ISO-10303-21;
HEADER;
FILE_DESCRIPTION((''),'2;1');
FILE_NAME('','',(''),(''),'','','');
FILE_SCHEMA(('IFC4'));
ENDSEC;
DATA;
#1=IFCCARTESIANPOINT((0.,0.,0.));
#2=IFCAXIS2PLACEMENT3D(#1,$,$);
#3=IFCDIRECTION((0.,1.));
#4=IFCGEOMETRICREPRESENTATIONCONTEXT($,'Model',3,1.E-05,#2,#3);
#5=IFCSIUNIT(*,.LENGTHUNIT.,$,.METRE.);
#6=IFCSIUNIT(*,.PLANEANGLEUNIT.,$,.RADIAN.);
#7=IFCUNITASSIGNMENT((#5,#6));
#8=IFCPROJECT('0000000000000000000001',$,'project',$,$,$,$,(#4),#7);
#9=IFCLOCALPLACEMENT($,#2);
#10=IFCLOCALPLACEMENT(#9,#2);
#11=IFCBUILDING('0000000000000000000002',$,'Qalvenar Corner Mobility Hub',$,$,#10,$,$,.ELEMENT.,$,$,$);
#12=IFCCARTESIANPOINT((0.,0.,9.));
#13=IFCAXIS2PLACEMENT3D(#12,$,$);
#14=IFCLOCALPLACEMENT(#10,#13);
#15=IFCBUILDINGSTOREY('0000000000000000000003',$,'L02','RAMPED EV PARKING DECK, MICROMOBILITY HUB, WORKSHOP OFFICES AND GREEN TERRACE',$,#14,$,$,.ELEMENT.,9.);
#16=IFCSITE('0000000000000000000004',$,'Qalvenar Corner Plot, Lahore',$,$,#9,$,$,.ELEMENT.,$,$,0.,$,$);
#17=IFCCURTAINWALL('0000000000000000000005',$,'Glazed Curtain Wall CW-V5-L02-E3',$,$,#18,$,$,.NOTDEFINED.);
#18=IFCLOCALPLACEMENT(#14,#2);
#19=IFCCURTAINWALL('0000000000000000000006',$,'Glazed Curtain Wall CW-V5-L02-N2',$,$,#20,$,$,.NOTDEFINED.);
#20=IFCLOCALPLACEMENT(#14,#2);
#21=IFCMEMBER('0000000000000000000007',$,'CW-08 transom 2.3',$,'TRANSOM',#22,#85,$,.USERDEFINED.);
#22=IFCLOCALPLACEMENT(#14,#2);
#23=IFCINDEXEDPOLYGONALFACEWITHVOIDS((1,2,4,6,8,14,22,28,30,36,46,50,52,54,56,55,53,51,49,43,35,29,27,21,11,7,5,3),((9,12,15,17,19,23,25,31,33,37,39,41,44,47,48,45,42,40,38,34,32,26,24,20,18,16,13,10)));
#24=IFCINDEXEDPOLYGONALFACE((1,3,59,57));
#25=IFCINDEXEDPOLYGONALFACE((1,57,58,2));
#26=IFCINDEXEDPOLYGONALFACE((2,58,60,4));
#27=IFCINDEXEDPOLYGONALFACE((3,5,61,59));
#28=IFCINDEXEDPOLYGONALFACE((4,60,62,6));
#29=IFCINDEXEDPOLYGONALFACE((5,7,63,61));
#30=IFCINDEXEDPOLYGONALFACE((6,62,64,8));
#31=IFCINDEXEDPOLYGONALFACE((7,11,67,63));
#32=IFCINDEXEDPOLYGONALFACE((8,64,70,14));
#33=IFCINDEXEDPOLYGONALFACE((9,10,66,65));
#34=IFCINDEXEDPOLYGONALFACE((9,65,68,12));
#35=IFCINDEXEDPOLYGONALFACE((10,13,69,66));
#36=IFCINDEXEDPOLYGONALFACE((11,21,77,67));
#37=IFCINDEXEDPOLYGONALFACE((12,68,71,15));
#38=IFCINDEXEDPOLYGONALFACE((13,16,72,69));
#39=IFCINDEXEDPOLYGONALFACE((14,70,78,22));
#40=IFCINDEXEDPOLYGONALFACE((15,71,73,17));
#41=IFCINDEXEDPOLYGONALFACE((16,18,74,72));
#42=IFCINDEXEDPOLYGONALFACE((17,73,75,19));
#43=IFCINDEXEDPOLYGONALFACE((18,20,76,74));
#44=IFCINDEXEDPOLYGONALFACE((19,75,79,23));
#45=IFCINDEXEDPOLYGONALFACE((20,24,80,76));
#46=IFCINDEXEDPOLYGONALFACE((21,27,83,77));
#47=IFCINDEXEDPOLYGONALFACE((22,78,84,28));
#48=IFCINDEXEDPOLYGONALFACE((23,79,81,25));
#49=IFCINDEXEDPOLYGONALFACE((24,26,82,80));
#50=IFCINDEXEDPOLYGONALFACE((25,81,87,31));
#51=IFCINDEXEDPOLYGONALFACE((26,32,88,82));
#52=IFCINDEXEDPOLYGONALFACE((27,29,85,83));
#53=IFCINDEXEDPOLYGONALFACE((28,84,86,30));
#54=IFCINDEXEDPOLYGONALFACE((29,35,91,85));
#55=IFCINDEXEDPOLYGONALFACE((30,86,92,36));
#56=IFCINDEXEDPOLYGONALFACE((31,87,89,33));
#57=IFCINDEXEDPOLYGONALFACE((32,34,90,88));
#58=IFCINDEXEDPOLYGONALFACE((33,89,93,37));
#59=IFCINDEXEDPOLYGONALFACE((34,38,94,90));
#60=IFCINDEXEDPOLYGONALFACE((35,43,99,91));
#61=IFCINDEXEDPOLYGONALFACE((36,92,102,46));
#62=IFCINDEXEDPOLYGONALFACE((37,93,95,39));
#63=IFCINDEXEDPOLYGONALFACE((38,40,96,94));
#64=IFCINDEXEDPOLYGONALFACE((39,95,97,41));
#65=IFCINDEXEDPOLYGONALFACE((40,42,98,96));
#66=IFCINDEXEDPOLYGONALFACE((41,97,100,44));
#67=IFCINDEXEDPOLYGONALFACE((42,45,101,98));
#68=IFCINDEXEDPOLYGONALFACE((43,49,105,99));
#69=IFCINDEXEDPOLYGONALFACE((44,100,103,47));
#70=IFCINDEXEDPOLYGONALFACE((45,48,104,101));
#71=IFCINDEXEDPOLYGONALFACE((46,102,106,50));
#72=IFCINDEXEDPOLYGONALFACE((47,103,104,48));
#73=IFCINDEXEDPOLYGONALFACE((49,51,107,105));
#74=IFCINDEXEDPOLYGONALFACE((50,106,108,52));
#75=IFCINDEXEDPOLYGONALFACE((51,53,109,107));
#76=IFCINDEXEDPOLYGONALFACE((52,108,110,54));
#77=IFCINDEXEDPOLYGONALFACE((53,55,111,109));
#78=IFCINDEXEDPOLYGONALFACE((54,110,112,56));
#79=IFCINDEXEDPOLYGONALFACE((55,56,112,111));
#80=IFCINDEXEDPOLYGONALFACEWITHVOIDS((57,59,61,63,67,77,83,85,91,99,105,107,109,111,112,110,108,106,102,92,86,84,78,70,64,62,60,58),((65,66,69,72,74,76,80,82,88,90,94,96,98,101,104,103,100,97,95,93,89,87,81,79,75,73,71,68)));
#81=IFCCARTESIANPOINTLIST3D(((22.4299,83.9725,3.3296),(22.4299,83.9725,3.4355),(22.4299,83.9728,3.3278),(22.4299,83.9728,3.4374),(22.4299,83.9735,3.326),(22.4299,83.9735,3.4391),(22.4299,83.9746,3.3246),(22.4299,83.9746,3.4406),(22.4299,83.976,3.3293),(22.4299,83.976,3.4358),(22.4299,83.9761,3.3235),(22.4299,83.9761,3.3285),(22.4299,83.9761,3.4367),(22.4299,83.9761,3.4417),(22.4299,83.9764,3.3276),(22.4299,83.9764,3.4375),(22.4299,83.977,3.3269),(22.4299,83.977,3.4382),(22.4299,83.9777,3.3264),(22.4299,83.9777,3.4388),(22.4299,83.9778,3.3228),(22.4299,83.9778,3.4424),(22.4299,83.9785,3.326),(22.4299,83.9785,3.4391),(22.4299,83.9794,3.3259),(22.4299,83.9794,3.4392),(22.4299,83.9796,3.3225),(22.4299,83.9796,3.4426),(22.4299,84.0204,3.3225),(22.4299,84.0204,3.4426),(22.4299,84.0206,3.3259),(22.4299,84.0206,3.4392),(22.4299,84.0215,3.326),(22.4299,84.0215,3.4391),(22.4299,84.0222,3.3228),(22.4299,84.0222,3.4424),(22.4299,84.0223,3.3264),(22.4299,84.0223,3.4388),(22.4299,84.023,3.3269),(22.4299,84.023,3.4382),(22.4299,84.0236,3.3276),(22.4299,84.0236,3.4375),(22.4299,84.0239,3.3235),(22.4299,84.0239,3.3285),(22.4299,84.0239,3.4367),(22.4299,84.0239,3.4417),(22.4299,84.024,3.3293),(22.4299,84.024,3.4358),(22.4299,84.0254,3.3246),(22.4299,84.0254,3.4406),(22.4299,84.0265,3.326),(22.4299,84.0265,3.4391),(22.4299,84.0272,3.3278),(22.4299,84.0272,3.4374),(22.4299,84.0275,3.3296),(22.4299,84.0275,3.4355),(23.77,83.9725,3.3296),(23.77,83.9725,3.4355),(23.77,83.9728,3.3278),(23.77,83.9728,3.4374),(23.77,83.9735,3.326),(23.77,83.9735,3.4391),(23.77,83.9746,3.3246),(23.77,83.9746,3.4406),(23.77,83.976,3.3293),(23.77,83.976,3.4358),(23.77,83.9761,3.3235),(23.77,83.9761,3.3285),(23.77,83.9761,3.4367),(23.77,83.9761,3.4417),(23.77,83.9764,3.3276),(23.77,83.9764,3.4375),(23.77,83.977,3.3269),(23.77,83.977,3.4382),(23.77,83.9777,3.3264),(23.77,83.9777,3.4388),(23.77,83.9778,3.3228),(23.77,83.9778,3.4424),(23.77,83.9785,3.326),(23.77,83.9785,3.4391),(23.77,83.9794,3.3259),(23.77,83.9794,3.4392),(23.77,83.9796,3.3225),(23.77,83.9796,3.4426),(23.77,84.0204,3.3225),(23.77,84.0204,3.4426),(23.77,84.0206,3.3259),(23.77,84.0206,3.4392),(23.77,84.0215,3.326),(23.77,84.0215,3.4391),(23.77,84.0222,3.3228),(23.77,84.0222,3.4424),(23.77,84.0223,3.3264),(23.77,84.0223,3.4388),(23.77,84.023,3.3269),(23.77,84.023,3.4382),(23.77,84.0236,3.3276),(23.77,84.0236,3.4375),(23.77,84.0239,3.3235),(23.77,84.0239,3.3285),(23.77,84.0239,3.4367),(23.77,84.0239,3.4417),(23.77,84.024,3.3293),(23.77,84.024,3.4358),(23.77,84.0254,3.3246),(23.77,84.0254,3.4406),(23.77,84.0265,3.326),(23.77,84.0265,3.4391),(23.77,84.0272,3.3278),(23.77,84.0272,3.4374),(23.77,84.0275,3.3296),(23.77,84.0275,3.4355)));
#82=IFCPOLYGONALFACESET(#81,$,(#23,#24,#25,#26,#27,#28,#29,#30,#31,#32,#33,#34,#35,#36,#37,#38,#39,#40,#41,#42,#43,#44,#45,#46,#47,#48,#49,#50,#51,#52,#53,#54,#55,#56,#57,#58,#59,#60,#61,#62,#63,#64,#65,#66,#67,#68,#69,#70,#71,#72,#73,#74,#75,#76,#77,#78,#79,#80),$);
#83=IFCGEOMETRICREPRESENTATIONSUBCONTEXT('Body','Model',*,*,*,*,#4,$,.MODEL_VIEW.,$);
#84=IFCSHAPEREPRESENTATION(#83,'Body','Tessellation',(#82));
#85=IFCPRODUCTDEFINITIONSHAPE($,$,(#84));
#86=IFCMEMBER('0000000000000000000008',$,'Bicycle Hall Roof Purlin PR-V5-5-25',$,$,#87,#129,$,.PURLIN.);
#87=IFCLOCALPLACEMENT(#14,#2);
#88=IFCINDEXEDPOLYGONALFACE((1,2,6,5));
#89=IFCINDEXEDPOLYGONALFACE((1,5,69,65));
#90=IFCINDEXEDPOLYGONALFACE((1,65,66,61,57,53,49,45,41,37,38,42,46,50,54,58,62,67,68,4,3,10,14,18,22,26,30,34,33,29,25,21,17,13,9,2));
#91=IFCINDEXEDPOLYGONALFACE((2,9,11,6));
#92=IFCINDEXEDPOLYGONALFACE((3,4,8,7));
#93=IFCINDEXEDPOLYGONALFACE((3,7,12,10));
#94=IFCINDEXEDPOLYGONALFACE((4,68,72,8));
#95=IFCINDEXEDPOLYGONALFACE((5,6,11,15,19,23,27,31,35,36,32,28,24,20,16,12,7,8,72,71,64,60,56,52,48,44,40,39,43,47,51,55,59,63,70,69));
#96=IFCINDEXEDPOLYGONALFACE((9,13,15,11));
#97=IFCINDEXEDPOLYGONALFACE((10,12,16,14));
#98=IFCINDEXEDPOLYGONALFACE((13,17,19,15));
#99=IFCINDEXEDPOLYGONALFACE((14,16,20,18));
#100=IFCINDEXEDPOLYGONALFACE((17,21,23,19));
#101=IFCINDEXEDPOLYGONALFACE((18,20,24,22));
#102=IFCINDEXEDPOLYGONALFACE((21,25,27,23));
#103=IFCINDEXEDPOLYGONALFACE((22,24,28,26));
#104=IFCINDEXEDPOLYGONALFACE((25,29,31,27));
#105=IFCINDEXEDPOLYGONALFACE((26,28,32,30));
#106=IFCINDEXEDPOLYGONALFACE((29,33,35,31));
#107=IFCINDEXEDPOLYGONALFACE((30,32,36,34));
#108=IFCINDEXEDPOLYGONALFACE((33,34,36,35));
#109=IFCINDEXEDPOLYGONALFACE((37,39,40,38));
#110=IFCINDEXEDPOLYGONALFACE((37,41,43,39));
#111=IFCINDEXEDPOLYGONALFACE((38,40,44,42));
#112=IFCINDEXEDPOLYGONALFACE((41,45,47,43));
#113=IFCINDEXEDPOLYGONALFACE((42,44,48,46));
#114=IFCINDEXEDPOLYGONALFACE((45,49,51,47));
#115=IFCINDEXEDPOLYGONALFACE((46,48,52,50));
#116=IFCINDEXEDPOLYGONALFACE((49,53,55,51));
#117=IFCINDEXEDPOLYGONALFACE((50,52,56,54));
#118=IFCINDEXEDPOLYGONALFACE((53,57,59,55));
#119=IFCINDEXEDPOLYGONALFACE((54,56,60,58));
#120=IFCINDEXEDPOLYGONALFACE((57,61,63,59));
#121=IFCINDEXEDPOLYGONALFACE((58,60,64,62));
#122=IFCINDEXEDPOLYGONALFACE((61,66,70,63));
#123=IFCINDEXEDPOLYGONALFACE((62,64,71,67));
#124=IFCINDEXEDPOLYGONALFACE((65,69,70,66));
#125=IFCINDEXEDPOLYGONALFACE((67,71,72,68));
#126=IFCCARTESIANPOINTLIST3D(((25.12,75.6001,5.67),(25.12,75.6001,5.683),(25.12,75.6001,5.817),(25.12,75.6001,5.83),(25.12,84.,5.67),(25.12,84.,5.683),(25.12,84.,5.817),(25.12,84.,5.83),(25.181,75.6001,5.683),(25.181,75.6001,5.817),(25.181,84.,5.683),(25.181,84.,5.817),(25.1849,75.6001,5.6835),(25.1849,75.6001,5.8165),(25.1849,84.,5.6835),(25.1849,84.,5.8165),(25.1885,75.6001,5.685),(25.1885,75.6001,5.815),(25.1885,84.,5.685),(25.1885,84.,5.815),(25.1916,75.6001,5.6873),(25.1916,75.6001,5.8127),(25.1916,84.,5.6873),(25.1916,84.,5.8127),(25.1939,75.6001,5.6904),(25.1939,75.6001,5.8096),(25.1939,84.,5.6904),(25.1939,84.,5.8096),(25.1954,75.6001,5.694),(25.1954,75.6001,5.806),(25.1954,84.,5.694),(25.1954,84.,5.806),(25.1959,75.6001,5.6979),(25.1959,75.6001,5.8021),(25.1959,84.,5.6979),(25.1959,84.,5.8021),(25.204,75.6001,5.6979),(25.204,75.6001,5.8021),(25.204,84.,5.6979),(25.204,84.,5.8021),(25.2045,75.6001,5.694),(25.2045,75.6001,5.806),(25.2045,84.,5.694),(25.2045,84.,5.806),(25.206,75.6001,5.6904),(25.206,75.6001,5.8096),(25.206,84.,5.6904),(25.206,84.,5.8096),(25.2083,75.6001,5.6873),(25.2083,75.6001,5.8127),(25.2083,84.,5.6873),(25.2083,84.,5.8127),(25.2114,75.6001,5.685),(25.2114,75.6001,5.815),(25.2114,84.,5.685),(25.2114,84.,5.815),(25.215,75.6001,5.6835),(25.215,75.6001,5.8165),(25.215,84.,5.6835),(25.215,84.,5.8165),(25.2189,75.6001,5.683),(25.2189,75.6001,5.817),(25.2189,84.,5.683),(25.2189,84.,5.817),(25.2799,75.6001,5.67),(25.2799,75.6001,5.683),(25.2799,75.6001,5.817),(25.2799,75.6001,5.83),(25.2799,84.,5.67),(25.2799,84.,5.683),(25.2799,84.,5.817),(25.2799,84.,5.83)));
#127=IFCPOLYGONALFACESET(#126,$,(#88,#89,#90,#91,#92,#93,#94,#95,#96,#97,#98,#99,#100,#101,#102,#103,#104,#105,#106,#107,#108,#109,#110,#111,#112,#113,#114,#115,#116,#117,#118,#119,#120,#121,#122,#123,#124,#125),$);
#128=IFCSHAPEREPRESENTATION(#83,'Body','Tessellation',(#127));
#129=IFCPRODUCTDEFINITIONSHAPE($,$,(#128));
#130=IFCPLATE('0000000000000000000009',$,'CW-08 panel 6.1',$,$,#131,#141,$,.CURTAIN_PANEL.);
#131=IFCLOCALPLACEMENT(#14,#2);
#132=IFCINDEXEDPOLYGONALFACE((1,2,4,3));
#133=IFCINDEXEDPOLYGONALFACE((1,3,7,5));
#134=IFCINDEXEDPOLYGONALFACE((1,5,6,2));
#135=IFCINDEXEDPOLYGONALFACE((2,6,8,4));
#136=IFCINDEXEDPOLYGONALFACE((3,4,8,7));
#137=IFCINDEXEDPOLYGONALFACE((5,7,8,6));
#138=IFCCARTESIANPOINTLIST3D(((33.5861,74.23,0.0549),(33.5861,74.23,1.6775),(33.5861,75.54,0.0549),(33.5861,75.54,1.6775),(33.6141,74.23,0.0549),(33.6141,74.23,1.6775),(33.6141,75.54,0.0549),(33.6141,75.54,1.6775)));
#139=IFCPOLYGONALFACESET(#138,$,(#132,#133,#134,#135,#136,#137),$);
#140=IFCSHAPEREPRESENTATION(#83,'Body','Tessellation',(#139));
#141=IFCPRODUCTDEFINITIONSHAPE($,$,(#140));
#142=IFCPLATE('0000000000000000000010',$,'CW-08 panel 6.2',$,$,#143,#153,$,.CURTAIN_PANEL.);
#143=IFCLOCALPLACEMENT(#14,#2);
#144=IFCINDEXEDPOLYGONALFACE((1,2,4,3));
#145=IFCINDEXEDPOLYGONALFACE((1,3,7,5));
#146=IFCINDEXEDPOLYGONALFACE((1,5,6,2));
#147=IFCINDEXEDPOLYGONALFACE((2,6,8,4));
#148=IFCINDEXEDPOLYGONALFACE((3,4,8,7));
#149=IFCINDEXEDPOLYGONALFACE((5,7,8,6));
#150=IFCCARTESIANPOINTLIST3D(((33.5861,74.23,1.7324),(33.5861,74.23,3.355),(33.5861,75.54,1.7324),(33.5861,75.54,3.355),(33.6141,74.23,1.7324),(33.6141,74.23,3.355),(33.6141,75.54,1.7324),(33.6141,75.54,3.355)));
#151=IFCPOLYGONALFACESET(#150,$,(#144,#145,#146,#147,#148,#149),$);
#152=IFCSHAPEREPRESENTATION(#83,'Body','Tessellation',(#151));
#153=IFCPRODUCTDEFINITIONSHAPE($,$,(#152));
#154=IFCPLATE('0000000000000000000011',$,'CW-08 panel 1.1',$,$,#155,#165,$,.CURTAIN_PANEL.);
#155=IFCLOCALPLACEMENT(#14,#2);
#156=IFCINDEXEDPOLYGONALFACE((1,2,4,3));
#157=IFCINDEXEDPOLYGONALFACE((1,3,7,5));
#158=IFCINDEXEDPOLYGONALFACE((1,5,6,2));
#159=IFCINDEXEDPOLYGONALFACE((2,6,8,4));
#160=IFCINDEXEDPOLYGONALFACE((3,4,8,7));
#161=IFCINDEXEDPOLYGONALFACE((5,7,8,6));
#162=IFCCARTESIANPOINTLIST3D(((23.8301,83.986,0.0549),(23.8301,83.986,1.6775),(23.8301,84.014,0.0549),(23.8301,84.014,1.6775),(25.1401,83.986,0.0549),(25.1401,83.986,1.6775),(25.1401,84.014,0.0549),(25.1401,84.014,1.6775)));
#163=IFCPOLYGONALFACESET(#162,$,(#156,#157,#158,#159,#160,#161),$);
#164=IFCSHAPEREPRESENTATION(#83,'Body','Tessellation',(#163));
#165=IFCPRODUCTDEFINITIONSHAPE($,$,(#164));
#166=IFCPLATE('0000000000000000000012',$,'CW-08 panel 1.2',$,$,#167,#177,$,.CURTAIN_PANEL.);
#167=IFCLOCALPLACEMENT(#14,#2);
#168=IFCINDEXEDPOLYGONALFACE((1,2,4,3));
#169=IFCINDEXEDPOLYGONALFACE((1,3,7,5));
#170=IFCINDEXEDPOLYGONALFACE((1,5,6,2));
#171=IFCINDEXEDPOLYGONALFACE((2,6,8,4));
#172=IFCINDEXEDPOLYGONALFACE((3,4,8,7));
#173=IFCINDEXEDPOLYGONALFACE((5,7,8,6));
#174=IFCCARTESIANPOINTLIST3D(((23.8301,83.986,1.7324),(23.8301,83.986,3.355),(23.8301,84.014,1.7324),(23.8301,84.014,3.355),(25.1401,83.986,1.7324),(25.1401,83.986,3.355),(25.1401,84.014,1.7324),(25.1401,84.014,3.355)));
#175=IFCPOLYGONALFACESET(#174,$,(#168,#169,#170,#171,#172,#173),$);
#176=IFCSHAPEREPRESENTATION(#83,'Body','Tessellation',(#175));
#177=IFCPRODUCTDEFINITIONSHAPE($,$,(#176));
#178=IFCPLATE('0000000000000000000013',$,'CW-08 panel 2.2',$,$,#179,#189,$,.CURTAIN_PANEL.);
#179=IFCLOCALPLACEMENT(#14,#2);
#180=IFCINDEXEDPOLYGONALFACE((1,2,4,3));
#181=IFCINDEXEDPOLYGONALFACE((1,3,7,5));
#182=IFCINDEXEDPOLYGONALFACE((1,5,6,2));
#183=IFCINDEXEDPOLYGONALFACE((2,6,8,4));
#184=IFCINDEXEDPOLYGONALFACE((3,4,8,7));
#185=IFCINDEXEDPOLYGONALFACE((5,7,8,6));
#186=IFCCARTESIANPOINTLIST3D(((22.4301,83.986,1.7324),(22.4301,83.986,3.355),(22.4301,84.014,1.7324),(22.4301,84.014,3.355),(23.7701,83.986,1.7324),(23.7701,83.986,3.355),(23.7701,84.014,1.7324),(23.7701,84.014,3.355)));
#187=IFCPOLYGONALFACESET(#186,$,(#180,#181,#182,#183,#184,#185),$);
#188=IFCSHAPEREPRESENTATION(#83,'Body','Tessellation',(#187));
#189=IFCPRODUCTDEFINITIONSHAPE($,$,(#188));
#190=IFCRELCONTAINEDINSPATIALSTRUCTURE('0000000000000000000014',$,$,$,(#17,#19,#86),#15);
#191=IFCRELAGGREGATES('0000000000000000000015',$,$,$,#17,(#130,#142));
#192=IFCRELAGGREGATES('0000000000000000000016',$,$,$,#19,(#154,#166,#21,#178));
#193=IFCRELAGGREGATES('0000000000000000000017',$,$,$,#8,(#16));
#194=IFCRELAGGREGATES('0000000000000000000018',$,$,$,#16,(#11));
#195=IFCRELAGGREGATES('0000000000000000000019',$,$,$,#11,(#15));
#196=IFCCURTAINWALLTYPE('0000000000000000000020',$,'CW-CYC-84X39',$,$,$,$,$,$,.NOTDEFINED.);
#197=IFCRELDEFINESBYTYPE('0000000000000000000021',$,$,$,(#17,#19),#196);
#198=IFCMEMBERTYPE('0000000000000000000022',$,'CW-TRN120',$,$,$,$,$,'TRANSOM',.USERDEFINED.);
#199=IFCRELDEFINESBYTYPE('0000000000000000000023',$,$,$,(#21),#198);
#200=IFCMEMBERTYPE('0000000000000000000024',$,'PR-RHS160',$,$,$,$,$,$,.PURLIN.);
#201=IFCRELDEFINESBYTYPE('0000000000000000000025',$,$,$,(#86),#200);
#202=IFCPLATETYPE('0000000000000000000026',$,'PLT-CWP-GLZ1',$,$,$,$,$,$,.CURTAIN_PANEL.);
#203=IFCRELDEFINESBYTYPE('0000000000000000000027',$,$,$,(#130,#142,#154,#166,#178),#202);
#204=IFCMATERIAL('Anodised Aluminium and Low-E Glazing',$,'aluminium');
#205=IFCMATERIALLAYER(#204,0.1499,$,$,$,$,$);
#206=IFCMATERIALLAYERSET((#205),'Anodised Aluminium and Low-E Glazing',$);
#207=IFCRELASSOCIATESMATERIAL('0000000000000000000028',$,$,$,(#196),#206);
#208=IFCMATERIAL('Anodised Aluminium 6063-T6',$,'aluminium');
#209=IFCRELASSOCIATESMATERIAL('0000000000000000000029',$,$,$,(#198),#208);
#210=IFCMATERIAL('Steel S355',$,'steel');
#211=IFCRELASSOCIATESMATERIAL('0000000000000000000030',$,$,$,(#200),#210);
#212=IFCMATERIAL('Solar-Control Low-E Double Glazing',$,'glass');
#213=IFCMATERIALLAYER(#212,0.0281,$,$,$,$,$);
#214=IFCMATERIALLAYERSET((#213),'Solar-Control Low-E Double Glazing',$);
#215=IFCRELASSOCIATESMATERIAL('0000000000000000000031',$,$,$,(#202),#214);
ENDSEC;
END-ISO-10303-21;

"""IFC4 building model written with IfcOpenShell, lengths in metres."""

from ifc_helpers import new_model, si_unit, direction, frame, origin, origin_2d, place, context, subcontext, project, spatial, rectangle, hollow_rectangle, i_section, extrude, material, layer, layer_set, material_profile, profile_set, type_object, element, aggregate, save


model = new_model("IFC4")

# Units and contexts
model_context = context("Model", 3, precision=1e-05, world=origin(), true_north=direction((0.0, 1.0)))
body_context = subcontext(model_context, "Body", "Model", "MODEL_VIEW")
ifc_project = project(units=[si_unit("LENGTHUNIT", "METRE"), si_unit("PLANEANGLEUNIT", "RADIAN")], contexts=[model_context])

# Site, building, storey
site_placement = place(None, origin())
site = spatial("IfcSite", under=ifc_project, at=site_placement, Name="Qalvenar Corner Plot, Lahore", CompositionType="ELEMENT", RefElevation=0.0)
building_placement = place(site_placement, origin())
building = spatial("IfcBuilding", under=site, at=building_placement, Name="Qalvenar Corner Mobility Hub", CompositionType="ELEMENT")
storey_placement = place(building_placement, frame((0.0, 0.0, 9.0)))
storey = spatial("IfcBuildingStorey", under=building, at=storey_placement, Name="L02", Description="RAMPED EV PARKING DECK, MICROMOBILITY HUB, WORKSHOP OFFICES AND GREEN TERRACE", CompositionType="ELEMENT", Elevation=9.0)

# Shared definitions
ifc_material_1 = material(Name="Steel S355", Category="steel")

# Curtain wall
ifc_material_2 = material(Name="Anodised Aluminium and Low-E Glazing", Category="aluminium")
ifc_layer_1 = layer(ifc_material_2, 0.1499)
ifc_layer_set_1 = layer_set([ifc_layer_1], Name="Anodised Aluminium and Low-E Glazing")
curtain_wall_type = type_object("IfcCurtainWallType", Name="CW-CYC-84X39", PredefinedType="NOTDEFINED", material=ifc_layer_set_1)
curtain_wall_1_placement = place(storey_placement, origin())
curtain_wall_1 = element("IfcCurtainWall", 1, at=curtain_wall_1_placement, inside=storey, type_object=curtain_wall_type, Name="Glazed Curtain Wall CW-V5-L02-E3", PredefinedType="NOTDEFINED")
ifc_material_3 = material(Name="Anodised Aluminium 6063-T6", Category="aluminium")

# Curtain wall
curtain_wall_2_placement = place(storey_placement, origin())
curtain_wall_2 = element("IfcCurtainWall", 2, at=curtain_wall_2_placement, inside=storey, type_object=curtain_wall_type, Name="Glazed Curtain Wall CW-V5-L02-N2", PredefinedType="NOTDEFINED")

# Members
ifc_material_profile_1 = material_profile(ifc_material_3, hollow_rectangle(XDim=0.0549, YDim=0.1201, WallThickness=0.0034, InnerFilletRadius=0.0034, OuterFilletRadius=0.0071, at=origin_2d()), Name="RHS120x55x3.5")
ifc_profile_set_1 = profile_set([ifc_material_profile_1], Name="Anodised Aluminium 6063-T6")
member_type_1 = type_object("IfcMemberType", Name="CW-TRN120", ElementType="TRANSOM", PredefinedType="USERDEFINED", material=ifc_profile_set_1)
member_1_placement = place(storey_placement, frame((23.77, 84.0, 3.3826), z_axis=(-1.0, 0.0, 0.0), x_axis=(0.0, -1.0, 0.0)))
member_1 = element("IfcMember", 3, at=member_1_placement, type_object=member_type_1, Name="CW-08 transom 2.3", ObjectType="TRANSOM", PredefinedType="USERDEFINED", context=body_context, shape_type="SweptSolid", body=[
    extrude(hollow_rectangle(XDim=0.0549, YDim=0.1201, WallThickness=0.0034, InnerFilletRadius=0.0034, OuterFilletRadius=0.0071, at=origin_2d()), origin(), (0.0, 0.0, 1.0), 1.3401),
])
ifc_material_profile_2 = material_profile(ifc_material_1, i_section(OverallWidth=0.1599, OverallDepth=0.1599, WebThickness=0.0081, FlangeThickness=0.0129, FilletRadius=0.0149, at=origin_2d()), Name="HEB160")
ifc_profile_set_2 = profile_set([ifc_material_profile_2], Name="Steel S355")
member_type_2 = type_object("IfcMemberType", Name="PR-RHS160", PredefinedType="PURLIN", material=ifc_profile_set_2)
member_2_placement = place(storey_placement, frame((25.2, 75.6001, 5.75), z_axis=(0.0, 1.0, 0.0), x_axis=(-1.0, 0.0, 0.0)))
element("IfcMember", 4, at=member_2_placement, inside=storey, type_object=member_type_2, Name="Bicycle Hall Roof Purlin PR-V5-5-25", PredefinedType="PURLIN", context=body_context, shape_type="SweptSolid", body=[
    extrude(i_section(OverallWidth=0.1599, OverallDepth=0.1599, WebThickness=0.0081, FlangeThickness=0.0129, FilletRadius=0.0149, at=origin_2d()), origin(), (0.0, 0.0, 1.0), 8.3999),
])

# Plates
ifc_material_4 = material(Name="Solar-Control Low-E Double Glazing", Category="glass")
ifc_layer_2 = layer(ifc_material_4, 0.0281)
ifc_layer_set_2 = layer_set([ifc_layer_2], Name="Solar-Control Low-E Double Glazing")
plate_type = type_object("IfcPlateType", Name="PLT-CWP-GLZ1", PredefinedType="CURTAIN_PANEL", material=ifc_layer_set_2)
plate_1_placement = place(storey_placement, frame((33.6001, 74.885, 0.0549), z_axis=(0.0, 0.0, 1.0), x_axis=(0.0, 1.0, 0.0)))
plate_1 = element("IfcPlate", 5, at=plate_1_placement, type_object=plate_type, Name="CW-08 panel 6.1", PredefinedType="CURTAIN_PANEL", context=body_context, shape_type="SweptSolid", body=[
    extrude(rectangle(XDim=1.3101, YDim=0.0281, at=origin_2d()), origin(), (0.0, 0.0, 1.0), 1.6226),
])
plate_2_placement = place(storey_placement, frame((33.6001, 74.885, 1.7324), z_axis=(0.0, 0.0, 1.0), x_axis=(0.0, 1.0, 0.0)))
plate_2 = element("IfcPlate", 6, at=plate_2_placement, type_object=plate_type, Name="CW-08 panel 6.2", PredefinedType="CURTAIN_PANEL", context=body_context, shape_type="SweptSolid", body=[
    extrude(rectangle(XDim=1.3101, YDim=0.0281, at=origin_2d()), origin(), (0.0, 0.0, 1.0), 1.6226),
])
aggregate(curtain_wall_1, [plate_1, plate_2])
plate_3_placement = place(storey_placement, frame((24.4851, 84.0, 0.0549), z_axis=(0.0, 0.0, 1.0), x_axis=(-1.0, 0.0, 0.0)))
plate_3 = element("IfcPlate", 7, at=plate_3_placement, type_object=plate_type, Name="CW-08 panel 1.1", PredefinedType="CURTAIN_PANEL", context=body_context, shape_type="SweptSolid", body=[
    extrude(rectangle(XDim=1.3101, YDim=0.0281, at=origin_2d()), origin(), (0.0, 0.0, 1.0), 1.6226),
])
plate_4_placement = place(storey_placement, frame((24.4851, 84.0, 1.7324), z_axis=(0.0, 0.0, 1.0), x_axis=(-1.0, 0.0, 0.0)))
plate_4 = element("IfcPlate", 8, at=plate_4_placement, type_object=plate_type, Name="CW-08 panel 1.2", PredefinedType="CURTAIN_PANEL", context=body_context, shape_type="SweptSolid", body=[
    extrude(rectangle(XDim=1.3101, YDim=0.0281, at=origin_2d()), origin(), (0.0, 0.0, 1.0), 1.6226),
])
plate_5_placement = place(storey_placement, frame((23.1001, 84.0, 1.7324), z_axis=(0.0, 0.0, 1.0), x_axis=(-1.0, 0.0, 0.0)))
plate_5 = element("IfcPlate", 9, at=plate_5_placement, type_object=plate_type, Name="CW-08 panel 2.2", PredefinedType="CURTAIN_PANEL", context=body_context, shape_type="SweptSolid", body=[
    extrude(rectangle(XDim=1.3401, YDim=0.0281, at=origin_2d()), origin(), (0.0, 0.0, 1.0), 1.6226),
])
aggregate(curtain_wall_2, [plate_3, plate_4, member_1, plate_5])

save(model, "model.ifc")
